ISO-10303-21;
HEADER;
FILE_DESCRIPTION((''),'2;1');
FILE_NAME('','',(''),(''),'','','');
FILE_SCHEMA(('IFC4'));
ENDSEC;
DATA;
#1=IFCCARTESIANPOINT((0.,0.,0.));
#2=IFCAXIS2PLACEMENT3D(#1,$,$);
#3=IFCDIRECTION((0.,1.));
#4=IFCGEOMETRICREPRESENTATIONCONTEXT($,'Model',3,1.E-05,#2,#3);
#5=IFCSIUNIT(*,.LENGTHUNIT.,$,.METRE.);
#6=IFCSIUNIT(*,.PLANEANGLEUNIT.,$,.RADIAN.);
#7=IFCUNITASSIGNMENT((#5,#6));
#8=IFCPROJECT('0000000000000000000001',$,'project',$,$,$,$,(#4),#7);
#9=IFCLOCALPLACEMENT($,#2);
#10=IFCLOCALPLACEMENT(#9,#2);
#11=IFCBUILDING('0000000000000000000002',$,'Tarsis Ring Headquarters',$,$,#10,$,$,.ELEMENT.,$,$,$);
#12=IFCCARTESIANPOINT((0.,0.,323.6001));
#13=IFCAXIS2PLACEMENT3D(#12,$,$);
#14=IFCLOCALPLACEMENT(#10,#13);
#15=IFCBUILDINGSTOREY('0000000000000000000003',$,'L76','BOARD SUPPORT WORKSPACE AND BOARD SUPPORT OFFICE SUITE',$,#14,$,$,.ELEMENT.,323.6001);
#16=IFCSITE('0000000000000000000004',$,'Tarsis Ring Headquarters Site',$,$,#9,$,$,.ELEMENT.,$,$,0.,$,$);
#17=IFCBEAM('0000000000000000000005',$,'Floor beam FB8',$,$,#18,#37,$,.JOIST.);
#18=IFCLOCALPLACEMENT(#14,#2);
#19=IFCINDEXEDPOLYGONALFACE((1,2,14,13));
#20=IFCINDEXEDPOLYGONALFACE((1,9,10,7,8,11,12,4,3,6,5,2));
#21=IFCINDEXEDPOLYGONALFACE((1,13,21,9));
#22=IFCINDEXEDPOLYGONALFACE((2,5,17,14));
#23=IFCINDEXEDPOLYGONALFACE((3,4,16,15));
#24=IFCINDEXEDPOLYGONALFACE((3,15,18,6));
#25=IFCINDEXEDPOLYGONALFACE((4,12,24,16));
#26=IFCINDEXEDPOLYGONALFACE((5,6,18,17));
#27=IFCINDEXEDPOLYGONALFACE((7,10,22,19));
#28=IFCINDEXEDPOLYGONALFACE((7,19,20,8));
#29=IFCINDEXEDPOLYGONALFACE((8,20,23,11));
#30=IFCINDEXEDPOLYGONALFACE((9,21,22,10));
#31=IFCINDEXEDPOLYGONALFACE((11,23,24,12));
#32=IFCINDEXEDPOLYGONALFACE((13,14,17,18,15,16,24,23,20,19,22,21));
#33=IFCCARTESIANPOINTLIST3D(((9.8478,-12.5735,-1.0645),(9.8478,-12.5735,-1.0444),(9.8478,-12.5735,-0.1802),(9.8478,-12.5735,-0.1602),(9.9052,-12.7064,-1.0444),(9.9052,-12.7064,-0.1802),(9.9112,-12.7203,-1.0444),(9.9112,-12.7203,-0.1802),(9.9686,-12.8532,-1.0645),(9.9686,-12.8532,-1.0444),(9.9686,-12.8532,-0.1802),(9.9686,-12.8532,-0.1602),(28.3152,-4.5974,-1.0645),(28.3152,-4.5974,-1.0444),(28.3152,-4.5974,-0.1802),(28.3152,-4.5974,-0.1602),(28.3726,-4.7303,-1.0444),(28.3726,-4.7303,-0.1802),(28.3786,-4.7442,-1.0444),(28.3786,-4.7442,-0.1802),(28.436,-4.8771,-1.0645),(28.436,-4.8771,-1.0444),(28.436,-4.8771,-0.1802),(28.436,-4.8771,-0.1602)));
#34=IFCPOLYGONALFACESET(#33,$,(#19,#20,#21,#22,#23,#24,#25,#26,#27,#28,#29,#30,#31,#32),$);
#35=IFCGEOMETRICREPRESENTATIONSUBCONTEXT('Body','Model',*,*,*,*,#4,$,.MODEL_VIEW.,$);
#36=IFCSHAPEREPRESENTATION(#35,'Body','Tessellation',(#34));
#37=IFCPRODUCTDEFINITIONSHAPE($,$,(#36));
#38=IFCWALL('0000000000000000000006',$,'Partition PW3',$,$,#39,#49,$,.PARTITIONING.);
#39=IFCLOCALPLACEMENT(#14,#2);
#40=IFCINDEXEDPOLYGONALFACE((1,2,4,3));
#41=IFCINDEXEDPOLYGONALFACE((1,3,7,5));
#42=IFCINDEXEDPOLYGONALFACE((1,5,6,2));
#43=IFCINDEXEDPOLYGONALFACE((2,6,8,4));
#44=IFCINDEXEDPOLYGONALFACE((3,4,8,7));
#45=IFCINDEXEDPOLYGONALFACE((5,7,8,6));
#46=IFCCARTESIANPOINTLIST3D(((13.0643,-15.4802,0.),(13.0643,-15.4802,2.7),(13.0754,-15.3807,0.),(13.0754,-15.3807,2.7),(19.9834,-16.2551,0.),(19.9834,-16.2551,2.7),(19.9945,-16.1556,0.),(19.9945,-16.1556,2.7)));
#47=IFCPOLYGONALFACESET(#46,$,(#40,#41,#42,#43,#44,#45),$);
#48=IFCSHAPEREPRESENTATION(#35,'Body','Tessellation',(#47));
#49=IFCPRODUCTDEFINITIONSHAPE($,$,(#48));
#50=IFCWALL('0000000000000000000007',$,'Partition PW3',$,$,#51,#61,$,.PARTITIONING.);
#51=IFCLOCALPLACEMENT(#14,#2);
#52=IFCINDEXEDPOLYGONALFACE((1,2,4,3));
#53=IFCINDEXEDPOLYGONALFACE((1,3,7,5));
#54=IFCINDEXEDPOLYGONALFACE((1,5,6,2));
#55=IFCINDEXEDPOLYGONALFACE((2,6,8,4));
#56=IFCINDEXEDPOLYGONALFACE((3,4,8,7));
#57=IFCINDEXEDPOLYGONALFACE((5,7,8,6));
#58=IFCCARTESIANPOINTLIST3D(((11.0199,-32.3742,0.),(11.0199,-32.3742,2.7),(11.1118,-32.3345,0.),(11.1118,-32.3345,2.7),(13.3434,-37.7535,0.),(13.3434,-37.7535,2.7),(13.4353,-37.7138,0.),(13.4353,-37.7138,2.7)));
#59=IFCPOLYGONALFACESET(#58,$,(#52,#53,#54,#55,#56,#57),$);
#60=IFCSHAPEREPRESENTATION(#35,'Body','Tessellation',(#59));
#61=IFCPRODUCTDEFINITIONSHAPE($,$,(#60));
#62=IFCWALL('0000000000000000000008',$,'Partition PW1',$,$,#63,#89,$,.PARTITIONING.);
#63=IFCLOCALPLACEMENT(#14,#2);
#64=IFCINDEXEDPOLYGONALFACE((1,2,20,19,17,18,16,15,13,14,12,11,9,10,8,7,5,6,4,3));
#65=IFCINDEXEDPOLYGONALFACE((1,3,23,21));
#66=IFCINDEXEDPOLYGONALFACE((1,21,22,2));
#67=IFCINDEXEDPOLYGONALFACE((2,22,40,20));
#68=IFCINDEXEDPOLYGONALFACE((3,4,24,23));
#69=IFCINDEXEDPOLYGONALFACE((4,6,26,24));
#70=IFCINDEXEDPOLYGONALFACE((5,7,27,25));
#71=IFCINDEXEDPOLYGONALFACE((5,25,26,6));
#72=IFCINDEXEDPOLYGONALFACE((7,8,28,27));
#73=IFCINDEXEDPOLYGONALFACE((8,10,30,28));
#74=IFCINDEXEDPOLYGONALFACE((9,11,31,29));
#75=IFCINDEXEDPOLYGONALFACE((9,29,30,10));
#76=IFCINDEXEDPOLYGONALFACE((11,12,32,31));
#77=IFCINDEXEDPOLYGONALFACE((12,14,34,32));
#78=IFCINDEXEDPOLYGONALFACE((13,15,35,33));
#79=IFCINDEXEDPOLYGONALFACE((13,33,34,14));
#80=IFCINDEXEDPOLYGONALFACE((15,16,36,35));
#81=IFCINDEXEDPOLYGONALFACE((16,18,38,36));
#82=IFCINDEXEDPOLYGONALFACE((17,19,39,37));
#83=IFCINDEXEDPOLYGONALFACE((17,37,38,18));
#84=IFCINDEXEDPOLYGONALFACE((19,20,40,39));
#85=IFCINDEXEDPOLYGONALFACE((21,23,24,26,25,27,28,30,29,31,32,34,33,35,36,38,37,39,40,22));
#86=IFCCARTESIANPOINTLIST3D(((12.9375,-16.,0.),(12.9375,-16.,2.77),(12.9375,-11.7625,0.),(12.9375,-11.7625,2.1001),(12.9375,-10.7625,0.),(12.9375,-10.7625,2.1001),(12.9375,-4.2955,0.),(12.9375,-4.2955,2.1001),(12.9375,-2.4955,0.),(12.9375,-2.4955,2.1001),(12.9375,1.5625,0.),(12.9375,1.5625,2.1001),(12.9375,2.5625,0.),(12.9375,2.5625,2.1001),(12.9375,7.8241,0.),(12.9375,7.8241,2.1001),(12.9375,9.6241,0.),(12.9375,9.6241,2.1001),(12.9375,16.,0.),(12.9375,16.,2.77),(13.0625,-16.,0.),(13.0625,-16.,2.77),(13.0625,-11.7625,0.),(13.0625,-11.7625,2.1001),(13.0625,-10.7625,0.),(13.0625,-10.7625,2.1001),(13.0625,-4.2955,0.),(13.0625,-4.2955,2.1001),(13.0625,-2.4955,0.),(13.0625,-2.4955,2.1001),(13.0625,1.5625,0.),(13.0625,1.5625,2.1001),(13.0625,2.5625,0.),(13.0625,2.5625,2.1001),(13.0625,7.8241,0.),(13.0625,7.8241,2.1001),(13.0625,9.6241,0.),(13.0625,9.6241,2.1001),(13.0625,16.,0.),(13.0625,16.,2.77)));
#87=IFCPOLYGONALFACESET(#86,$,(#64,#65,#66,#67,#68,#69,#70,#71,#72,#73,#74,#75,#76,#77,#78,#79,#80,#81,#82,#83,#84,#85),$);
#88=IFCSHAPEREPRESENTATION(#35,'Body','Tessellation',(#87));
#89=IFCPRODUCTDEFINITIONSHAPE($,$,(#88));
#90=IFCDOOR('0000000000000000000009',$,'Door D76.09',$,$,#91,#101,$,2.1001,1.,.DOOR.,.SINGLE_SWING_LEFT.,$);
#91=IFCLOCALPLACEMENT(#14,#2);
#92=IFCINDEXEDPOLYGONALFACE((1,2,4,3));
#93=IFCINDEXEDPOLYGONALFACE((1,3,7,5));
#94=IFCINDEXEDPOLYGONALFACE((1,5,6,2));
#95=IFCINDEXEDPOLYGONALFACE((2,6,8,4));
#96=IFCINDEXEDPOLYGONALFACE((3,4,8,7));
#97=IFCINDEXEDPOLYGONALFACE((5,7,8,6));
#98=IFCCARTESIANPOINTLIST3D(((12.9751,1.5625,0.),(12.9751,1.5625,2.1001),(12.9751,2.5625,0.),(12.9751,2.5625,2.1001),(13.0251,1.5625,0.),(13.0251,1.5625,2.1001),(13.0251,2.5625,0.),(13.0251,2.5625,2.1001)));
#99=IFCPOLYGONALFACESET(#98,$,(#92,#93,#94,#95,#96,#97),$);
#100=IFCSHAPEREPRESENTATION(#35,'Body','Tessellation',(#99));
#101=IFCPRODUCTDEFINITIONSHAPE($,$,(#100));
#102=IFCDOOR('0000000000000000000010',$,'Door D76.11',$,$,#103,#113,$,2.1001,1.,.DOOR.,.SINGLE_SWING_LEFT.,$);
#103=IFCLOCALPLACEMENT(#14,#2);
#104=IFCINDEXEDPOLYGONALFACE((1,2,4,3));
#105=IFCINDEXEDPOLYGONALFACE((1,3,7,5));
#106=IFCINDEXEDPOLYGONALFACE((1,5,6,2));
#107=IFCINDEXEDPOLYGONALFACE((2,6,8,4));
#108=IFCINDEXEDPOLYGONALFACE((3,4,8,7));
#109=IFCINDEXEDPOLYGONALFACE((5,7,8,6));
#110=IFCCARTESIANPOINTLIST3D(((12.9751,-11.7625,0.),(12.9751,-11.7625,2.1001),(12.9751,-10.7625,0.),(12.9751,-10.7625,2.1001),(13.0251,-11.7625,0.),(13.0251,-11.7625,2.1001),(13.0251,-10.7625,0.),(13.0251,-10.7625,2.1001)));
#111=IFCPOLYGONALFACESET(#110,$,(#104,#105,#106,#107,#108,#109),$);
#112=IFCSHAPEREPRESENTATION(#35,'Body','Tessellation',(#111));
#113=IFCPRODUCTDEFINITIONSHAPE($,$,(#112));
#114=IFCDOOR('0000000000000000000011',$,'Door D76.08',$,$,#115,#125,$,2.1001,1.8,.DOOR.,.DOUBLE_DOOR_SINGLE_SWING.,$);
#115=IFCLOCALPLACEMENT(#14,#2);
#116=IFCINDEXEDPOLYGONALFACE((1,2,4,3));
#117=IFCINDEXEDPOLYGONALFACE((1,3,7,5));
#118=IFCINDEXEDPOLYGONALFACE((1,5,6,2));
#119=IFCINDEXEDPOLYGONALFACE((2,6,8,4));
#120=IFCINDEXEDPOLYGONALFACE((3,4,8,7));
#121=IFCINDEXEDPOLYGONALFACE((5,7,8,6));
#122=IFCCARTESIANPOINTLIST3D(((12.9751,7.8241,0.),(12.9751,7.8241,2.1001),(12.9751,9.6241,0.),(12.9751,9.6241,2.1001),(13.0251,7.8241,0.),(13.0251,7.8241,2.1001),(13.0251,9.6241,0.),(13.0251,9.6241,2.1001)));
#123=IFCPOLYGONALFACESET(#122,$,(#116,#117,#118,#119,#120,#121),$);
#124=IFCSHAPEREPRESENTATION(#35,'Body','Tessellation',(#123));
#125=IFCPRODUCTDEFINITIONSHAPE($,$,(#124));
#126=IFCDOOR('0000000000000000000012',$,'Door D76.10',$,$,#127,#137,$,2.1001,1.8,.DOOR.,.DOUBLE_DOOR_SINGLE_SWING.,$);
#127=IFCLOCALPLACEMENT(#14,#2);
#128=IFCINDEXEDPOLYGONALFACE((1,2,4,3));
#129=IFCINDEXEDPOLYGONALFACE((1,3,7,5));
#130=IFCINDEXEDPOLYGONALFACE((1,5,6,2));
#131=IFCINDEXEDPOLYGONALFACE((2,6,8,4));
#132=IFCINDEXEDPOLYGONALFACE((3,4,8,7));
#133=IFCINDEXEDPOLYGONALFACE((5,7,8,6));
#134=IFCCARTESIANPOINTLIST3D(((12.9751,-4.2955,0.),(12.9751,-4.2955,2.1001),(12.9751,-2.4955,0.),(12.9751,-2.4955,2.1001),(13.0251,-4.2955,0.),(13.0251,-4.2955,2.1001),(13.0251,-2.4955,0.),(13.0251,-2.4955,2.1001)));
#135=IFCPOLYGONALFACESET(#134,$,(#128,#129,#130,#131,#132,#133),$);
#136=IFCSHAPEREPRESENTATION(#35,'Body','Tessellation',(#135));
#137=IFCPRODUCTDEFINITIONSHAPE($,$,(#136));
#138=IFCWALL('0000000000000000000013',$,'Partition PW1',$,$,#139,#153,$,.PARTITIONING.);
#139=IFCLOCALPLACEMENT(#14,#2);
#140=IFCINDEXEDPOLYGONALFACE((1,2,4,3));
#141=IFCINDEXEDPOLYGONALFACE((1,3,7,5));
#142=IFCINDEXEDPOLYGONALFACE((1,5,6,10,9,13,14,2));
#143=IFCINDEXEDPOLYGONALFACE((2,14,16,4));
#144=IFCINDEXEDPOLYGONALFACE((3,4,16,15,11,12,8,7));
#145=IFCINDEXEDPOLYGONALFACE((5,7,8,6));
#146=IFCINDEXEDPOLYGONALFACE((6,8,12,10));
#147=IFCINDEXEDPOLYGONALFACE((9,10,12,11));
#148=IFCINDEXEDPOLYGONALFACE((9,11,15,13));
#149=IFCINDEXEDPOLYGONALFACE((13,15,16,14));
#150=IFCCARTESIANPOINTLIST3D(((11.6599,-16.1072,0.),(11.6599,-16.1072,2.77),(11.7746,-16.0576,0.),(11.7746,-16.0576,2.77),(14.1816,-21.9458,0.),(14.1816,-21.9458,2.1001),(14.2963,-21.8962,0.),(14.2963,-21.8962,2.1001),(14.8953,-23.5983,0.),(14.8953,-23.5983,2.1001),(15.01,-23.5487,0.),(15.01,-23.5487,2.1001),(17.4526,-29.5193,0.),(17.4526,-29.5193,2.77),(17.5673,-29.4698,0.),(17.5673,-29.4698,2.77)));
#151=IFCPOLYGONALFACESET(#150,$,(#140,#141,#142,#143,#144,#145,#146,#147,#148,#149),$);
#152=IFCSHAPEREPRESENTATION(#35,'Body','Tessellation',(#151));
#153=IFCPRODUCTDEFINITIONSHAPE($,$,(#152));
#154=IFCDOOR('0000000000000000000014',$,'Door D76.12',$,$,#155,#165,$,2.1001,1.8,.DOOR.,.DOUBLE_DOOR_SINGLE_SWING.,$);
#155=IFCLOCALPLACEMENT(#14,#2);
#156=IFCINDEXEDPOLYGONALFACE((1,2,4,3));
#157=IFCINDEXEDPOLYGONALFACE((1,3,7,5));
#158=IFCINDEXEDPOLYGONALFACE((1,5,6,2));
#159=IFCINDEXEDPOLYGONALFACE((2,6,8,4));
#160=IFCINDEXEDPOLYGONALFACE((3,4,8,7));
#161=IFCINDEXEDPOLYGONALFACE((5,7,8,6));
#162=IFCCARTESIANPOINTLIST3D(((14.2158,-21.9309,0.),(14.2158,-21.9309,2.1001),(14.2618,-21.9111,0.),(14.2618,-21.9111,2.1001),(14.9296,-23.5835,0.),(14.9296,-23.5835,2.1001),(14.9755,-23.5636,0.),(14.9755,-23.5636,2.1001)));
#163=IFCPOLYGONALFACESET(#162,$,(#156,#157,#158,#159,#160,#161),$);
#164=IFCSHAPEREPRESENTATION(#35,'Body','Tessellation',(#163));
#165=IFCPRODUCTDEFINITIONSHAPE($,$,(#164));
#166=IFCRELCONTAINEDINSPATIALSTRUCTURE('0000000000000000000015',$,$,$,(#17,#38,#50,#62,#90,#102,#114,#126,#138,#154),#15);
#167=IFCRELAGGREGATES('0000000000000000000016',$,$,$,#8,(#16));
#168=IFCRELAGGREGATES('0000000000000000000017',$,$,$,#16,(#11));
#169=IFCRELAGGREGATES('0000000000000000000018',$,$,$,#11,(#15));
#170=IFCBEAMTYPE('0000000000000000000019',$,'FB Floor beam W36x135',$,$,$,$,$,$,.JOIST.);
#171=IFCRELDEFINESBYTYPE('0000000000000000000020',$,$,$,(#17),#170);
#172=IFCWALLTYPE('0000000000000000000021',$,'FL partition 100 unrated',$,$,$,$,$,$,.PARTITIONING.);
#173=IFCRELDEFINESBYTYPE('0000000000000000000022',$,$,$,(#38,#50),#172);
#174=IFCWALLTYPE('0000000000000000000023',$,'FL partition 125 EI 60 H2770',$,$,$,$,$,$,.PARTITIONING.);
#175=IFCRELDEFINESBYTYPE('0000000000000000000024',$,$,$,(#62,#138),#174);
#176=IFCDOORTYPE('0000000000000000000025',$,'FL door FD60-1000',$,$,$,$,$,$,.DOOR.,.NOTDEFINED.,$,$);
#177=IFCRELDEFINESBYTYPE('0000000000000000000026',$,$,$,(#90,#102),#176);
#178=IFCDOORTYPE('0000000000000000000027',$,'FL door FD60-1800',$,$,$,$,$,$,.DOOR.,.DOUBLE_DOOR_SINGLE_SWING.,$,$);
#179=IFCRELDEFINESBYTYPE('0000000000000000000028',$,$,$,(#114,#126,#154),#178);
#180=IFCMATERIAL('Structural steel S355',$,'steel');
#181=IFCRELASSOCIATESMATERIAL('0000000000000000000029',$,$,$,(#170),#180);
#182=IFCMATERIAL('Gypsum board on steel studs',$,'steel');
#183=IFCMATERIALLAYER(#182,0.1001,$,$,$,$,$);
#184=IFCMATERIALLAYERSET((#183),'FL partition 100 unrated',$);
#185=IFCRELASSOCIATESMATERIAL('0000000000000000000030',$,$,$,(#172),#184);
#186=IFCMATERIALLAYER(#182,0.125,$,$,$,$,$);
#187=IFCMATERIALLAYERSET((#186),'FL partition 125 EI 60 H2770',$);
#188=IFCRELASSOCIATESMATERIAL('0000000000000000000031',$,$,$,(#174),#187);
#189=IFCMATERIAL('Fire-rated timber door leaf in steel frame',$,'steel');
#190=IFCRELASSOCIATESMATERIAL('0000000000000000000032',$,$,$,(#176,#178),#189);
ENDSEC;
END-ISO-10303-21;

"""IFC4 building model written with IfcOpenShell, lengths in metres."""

from ifc_helpers import new_model, si_unit, direction, frame, frame_2d, origin, origin_2d, place, context, subcontext, project, spatial, rectangle, i_section, extrude, material, layer, layer_set, material_profile, profile_set, type_object, element, fill, save


model = new_model("IFC4")

# Units and contexts
model_context = context("Model", 3, precision=1e-05, world=origin(), true_north=direction((0.0, 1.0)))
body_context = subcontext(model_context, "Body", "Model", "MODEL_VIEW")
ifc_project = project(units=[si_unit("LENGTHUNIT", "METRE"), si_unit("PLANEANGLEUNIT", "RADIAN")], contexts=[model_context])

# Site, building, storey
site_placement = place(None, origin())
site = spatial("IfcSite", under=ifc_project, at=site_placement, Name="Tarsis Ring Headquarters Site", CompositionType="ELEMENT", RefElevation=0.0)
building_placement = place(site_placement, origin())
building = spatial("IfcBuilding", under=site, at=building_placement, Name="Tarsis Ring Headquarters", CompositionType="ELEMENT")
storey_placement = place(building_placement, frame((0.0, 0.0, 323.6001)))
storey = spatial("IfcBuildingStorey", under=building, at=storey_placement, Name="L76", Description="BOARD SUPPORT WORKSPACE AND BOARD SUPPORT OFFICE SUITE", CompositionType="ELEMENT", Elevation=323.6001)

# Beam
ifc_material_1 = material(Name="Structural steel S355", Category="steel")
ifc_material_profile = material_profile(ifc_material_1, i_section(OverallWidth=0.3047, OverallDepth=0.9043, WebThickness=0.0151, FlangeThickness=0.02, at=origin_2d()), Name="W36x135")
ifc_profile_set = profile_set([ifc_material_profile], Name="Structural steel S355")
beam_type = type_object("IfcBeamType", Name="FB Floor beam W36x135", PredefinedType="JOIST", material=ifc_profile_set)
beam_placement = place(storey_placement, frame((9.9082, -12.7134, -0.6123), z_axis=(0.918034, 0.396502, 0.0), x_axis=(-0.396502, 0.918034, 0.0)))
element("IfcBeam", 1, at=beam_placement, inside=storey, type_object=beam_type, Name="Floor beam FB8", PredefinedType="JOIST", context=body_context, shape_type="SweptSolid", body=[
    extrude(i_section(OverallWidth=0.3047, OverallDepth=0.9043, WebThickness=0.0151, FlangeThickness=0.02, at=origin_2d()), origin(), (0.0, 0.0, 1.0), 20.1162),
])

# Walls
ifc_material_2 = material(Name="Gypsum board on steel studs", Category="steel")
ifc_layer_1 = layer(ifc_material_2, 0.1001)
ifc_layer_set_1 = layer_set([ifc_layer_1], Name="FL partition 100 unrated")
wall_type_1 = type_object("IfcWallType", Name="FL partition 100 unrated", PredefinedType="PARTITIONING", material=ifc_layer_set_1)
wall_1_placement = place(storey_placement, frame((13.0698, -15.4304, 0.0), z_axis=(0.0, 0.0, 1.0), x_axis=(0.993787, -0.111297, 0.0)))
element("IfcWall", 2, at=wall_1_placement, inside=storey, type_object=wall_type_1, Name="Partition PW3", PredefinedType="PARTITIONING", context=body_context, shape_type="SweptSolid", body=[
    extrude(rectangle(XDim=6.9624, YDim=0.1001, at=frame_2d((3.4812, 0.0))), origin(), (0.0, 0.0, 1.0), 2.7),
])
wall_2_placement = place(storey_placement, frame((11.0659, -32.3545, 0.0), z_axis=(0.0, 0.0, 1.0), x_axis=(0.396517, -0.918027, 0.0)))
element("IfcWall", 3, at=wall_2_placement, inside=storey, type_object=wall_type_1, Name="Partition PW3", PredefinedType="PARTITIONING", context=body_context, shape_type="SweptSolid", body=[
    extrude(rectangle(XDim=5.8596, YDim=0.1001, at=frame_2d((2.9297, 0.0))), origin(), (0.0, 0.0, 1.0), 2.7),
])

# Wall, openings, doors
ifc_layer_2 = layer(ifc_material_2, 0.125)
ifc_layer_set_2 = layer_set([ifc_layer_2], Name="FL partition 125 EI 60 H2770")
wall_type_2 = type_object("IfcWallType", Name="FL partition 125 EI 60 H2770", PredefinedType="PARTITIONING", material=ifc_layer_set_2)
wall_3_placement = place(storey_placement, frame((13.0, -16.0, 0.0), z_axis=(0.0, 0.0, 1.0), x_axis=(0.0, 1.0, 0.0)))
wall_3 = element("IfcWall", 4, at=wall_3_placement, inside=storey, type_object=wall_type_2, Name="Partition PW1", PredefinedType="PARTITIONING", context=body_context, shape_type="SweptSolid", body=[
    extrude(rectangle(XDim=32.0, YDim=0.125, at=frame_2d((16.0, 0.0))), origin(), (0.0, 0.0, 1.0), 2.77),
])
opening_1_placement = place(wall_3_placement, frame((23.8242, 0.0, 0.0)))
opening_1 = element("IfcOpeningElement", 5, at=opening_1_placement, cuts=wall_3, PredefinedType="OPENING", context=body_context, shape_type="SweptSolid", body=[
    extrude(rectangle(XDim=1.8, YDim=2.1001, at=frame_2d((0.8999, 1.05))), frame((0.0, 0.0725, 0.0), z_axis=(0.0, -1.0, 0.0), x_axis=(1.0, 0.0, 0.0)), (0.0, 0.0, 1.0), 0.145),
])
opening_2_placement = place(wall_3_placement, frame((17.5625, 0.0, 0.0)))
opening_2 = element("IfcOpeningElement", 6, at=opening_2_placement, cuts=wall_3, PredefinedType="OPENING", context=body_context, shape_type="SweptSolid", body=[
    extrude(rectangle(XDim=1.0, YDim=2.1001, at=frame_2d((0.5, 1.05))), frame((0.0, 0.0725, 0.0), z_axis=(0.0, -1.0, 0.0), x_axis=(1.0, 0.0, 0.0)), (0.0, 0.0, 1.0), 0.145),
])
opening_3_placement = place(wall_3_placement, frame((11.7046, 0.0, 0.0)))
opening_3 = element("IfcOpeningElement", 7, at=opening_3_placement, cuts=wall_3, PredefinedType="OPENING", context=body_context, shape_type="SweptSolid", body=[
    extrude(rectangle(XDim=1.8, YDim=2.1001, at=frame_2d((0.8999, 1.05))), frame((0.0, 0.0725, 0.0), z_axis=(0.0, -1.0, 0.0), x_axis=(1.0, 0.0, 0.0)), (0.0, 0.0, 1.0), 0.145),
])
opening_4_placement = place(wall_3_placement, frame((4.2375, 0.0, 0.0)))
opening_4 = element("IfcOpeningElement", 8, at=opening_4_placement, cuts=wall_3, PredefinedType="OPENING", context=body_context, shape_type="SweptSolid", body=[
    extrude(rectangle(XDim=1.0, YDim=2.1001, at=frame_2d((0.5, 1.05))), frame((0.0, 0.0725, 0.0), z_axis=(0.0, -1.0, 0.0), x_axis=(1.0, 0.0, 0.0)), (0.0, 0.0, 1.0), 0.145),
])
ifc_material_3 = material(Name="Fire-rated timber door leaf in steel frame", Category="steel")
door_type_1 = type_object("IfcDoorType", Name="FL door FD60-1000", OperationType="NOTDEFINED", PredefinedType="DOOR", material=ifc_material_3)
door_1_placement = place(opening_2_placement, origin())
door_1 = element("IfcDoor", 9, at=door_1_placement, inside=storey, type_object=door_type_1, Name="Door D76.09", OperationType="SINGLE_SWING_LEFT", OverallHeight=2.1001, OverallWidth=1.0, PredefinedType="DOOR", context=body_context, shape_type="SweptSolid", body=[
    extrude(rectangle(XDim=1.0, YDim=2.1001, at=frame_2d((0.5, 1.05))), frame((0.0, 0.0249, 0.0), z_axis=(0.0, -1.0, 0.0), x_axis=(1.0, 0.0, 0.0)), (0.0, 0.0, 1.0), 0.05),
])
fill(opening_2, door_1)
door_2_placement = place(opening_4_placement, origin())
door_2 = element("IfcDoor", 10, at=door_2_placement, inside=storey, type_object=door_type_1, Name="Door D76.11", OperationType="SINGLE_SWING_LEFT", OverallHeight=2.1001, OverallWidth=1.0, PredefinedType="DOOR", context=body_context, shape_type="SweptSolid", body=[
    extrude(rectangle(XDim=1.0, YDim=2.1001, at=frame_2d((0.5, 1.05))), frame((0.0, 0.0249, 0.0), z_axis=(0.0, -1.0, 0.0), x_axis=(1.0, 0.0, 0.0)), (0.0, 0.0, 1.0), 0.05),
])
fill(opening_4, door_2)
door_type_2 = type_object("IfcDoorType", Name="FL door FD60-1800", OperationType="DOUBLE_DOOR_SINGLE_SWING", PredefinedType="DOOR", material=ifc_material_3)
door_3_placement = place(opening_1_placement, origin())
door_3 = element("IfcDoor", 11, at=door_3_placement, inside=storey, type_object=door_type_2, Name="Door D76.08", OperationType="DOUBLE_DOOR_SINGLE_SWING", OverallHeight=2.1001, OverallWidth=1.8, PredefinedType="DOOR", context=body_context, shape_type="SweptSolid", body=[
    extrude(rectangle(XDim=1.8, YDim=2.1001, at=frame_2d((0.8999, 1.05))), frame((0.0, 0.0249, 0.0), z_axis=(0.0, -1.0, 0.0), x_axis=(1.0, 0.0, 0.0)), (0.0, 0.0, 1.0), 0.05),
])
fill(opening_1, door_3)
door_4_placement = place(opening_3_placement, origin())
door_4 = element("IfcDoor", 12, at=door_4_placement, inside=storey, type_object=door_type_2, Name="Door D76.10", OperationType="DOUBLE_DOOR_SINGLE_SWING", OverallHeight=2.1001, OverallWidth=1.8, PredefinedType="DOOR", context=body_context, shape_type="SweptSolid", body=[
    extrude(rectangle(XDim=1.8, YDim=2.1001, at=frame_2d((0.8999, 1.05))), frame((0.0, 0.0249, 0.0), z_axis=(0.0, -1.0, 0.0), x_axis=(1.0, 0.0, 0.0)), (0.0, 0.0, 1.0), 0.05),
])
fill(opening_3, door_4)

# Wall, opening, door
wall_4_placement = place(storey_placement, frame((11.7173, -16.0825, 0.0), z_axis=(0.0, 0.0, 1.0), x_axis=(0.396501, -0.918034, 0.0)))
wall_4 = element("IfcWall", 13, at=wall_4_placement, inside=storey, type_object=wall_type_2, Name="Partition PW1", PredefinedType="PARTITIONING", context=body_context, shape_type="SweptSolid", body=[
    extrude(rectangle(XDim=14.6096, YDim=0.125, at=frame_2d((7.3047, 0.0))), origin(), (0.0, 0.0, 1.0), 2.77),
])
opening_5_placement = place(wall_4_placement, frame((6.3599, 0.0, 0.0)))
opening_5 = element("IfcOpeningElement", 14, at=opening_5_placement, cuts=wall_4, PredefinedType="OPENING", context=body_context, shape_type="SweptSolid", body=[
    extrude(rectangle(XDim=1.8, YDim=2.1001, at=frame_2d((0.8999, 1.05))), frame((0.0, 0.0725, 0.0), z_axis=(0.0, -1.0, 0.0), x_axis=(1.0, 0.0, 0.0)), (0.0, 0.0, 1.0), 0.145),
])
door_5_placement = place(opening_5_placement, origin())
door_5 = element("IfcDoor", 15, at=door_5_placement, inside=storey, type_object=door_type_2, Name="Door D76.12", OperationType="DOUBLE_DOOR_SINGLE_SWING", OverallHeight=2.1001, OverallWidth=1.8, PredefinedType="DOOR", context=body_context, shape_type="SweptSolid", body=[
    extrude(rectangle(XDim=1.8, YDim=2.1001, at=frame_2d((0.8999, 1.05))), frame((0.0, 0.0249, 0.0), z_axis=(0.0, -1.0, 0.0), x_axis=(1.0, 0.0, 0.0)), (0.0, 0.0, 1.0), 0.05),
])
fill(opening_5, door_5)

save(model, "model.ifc")
